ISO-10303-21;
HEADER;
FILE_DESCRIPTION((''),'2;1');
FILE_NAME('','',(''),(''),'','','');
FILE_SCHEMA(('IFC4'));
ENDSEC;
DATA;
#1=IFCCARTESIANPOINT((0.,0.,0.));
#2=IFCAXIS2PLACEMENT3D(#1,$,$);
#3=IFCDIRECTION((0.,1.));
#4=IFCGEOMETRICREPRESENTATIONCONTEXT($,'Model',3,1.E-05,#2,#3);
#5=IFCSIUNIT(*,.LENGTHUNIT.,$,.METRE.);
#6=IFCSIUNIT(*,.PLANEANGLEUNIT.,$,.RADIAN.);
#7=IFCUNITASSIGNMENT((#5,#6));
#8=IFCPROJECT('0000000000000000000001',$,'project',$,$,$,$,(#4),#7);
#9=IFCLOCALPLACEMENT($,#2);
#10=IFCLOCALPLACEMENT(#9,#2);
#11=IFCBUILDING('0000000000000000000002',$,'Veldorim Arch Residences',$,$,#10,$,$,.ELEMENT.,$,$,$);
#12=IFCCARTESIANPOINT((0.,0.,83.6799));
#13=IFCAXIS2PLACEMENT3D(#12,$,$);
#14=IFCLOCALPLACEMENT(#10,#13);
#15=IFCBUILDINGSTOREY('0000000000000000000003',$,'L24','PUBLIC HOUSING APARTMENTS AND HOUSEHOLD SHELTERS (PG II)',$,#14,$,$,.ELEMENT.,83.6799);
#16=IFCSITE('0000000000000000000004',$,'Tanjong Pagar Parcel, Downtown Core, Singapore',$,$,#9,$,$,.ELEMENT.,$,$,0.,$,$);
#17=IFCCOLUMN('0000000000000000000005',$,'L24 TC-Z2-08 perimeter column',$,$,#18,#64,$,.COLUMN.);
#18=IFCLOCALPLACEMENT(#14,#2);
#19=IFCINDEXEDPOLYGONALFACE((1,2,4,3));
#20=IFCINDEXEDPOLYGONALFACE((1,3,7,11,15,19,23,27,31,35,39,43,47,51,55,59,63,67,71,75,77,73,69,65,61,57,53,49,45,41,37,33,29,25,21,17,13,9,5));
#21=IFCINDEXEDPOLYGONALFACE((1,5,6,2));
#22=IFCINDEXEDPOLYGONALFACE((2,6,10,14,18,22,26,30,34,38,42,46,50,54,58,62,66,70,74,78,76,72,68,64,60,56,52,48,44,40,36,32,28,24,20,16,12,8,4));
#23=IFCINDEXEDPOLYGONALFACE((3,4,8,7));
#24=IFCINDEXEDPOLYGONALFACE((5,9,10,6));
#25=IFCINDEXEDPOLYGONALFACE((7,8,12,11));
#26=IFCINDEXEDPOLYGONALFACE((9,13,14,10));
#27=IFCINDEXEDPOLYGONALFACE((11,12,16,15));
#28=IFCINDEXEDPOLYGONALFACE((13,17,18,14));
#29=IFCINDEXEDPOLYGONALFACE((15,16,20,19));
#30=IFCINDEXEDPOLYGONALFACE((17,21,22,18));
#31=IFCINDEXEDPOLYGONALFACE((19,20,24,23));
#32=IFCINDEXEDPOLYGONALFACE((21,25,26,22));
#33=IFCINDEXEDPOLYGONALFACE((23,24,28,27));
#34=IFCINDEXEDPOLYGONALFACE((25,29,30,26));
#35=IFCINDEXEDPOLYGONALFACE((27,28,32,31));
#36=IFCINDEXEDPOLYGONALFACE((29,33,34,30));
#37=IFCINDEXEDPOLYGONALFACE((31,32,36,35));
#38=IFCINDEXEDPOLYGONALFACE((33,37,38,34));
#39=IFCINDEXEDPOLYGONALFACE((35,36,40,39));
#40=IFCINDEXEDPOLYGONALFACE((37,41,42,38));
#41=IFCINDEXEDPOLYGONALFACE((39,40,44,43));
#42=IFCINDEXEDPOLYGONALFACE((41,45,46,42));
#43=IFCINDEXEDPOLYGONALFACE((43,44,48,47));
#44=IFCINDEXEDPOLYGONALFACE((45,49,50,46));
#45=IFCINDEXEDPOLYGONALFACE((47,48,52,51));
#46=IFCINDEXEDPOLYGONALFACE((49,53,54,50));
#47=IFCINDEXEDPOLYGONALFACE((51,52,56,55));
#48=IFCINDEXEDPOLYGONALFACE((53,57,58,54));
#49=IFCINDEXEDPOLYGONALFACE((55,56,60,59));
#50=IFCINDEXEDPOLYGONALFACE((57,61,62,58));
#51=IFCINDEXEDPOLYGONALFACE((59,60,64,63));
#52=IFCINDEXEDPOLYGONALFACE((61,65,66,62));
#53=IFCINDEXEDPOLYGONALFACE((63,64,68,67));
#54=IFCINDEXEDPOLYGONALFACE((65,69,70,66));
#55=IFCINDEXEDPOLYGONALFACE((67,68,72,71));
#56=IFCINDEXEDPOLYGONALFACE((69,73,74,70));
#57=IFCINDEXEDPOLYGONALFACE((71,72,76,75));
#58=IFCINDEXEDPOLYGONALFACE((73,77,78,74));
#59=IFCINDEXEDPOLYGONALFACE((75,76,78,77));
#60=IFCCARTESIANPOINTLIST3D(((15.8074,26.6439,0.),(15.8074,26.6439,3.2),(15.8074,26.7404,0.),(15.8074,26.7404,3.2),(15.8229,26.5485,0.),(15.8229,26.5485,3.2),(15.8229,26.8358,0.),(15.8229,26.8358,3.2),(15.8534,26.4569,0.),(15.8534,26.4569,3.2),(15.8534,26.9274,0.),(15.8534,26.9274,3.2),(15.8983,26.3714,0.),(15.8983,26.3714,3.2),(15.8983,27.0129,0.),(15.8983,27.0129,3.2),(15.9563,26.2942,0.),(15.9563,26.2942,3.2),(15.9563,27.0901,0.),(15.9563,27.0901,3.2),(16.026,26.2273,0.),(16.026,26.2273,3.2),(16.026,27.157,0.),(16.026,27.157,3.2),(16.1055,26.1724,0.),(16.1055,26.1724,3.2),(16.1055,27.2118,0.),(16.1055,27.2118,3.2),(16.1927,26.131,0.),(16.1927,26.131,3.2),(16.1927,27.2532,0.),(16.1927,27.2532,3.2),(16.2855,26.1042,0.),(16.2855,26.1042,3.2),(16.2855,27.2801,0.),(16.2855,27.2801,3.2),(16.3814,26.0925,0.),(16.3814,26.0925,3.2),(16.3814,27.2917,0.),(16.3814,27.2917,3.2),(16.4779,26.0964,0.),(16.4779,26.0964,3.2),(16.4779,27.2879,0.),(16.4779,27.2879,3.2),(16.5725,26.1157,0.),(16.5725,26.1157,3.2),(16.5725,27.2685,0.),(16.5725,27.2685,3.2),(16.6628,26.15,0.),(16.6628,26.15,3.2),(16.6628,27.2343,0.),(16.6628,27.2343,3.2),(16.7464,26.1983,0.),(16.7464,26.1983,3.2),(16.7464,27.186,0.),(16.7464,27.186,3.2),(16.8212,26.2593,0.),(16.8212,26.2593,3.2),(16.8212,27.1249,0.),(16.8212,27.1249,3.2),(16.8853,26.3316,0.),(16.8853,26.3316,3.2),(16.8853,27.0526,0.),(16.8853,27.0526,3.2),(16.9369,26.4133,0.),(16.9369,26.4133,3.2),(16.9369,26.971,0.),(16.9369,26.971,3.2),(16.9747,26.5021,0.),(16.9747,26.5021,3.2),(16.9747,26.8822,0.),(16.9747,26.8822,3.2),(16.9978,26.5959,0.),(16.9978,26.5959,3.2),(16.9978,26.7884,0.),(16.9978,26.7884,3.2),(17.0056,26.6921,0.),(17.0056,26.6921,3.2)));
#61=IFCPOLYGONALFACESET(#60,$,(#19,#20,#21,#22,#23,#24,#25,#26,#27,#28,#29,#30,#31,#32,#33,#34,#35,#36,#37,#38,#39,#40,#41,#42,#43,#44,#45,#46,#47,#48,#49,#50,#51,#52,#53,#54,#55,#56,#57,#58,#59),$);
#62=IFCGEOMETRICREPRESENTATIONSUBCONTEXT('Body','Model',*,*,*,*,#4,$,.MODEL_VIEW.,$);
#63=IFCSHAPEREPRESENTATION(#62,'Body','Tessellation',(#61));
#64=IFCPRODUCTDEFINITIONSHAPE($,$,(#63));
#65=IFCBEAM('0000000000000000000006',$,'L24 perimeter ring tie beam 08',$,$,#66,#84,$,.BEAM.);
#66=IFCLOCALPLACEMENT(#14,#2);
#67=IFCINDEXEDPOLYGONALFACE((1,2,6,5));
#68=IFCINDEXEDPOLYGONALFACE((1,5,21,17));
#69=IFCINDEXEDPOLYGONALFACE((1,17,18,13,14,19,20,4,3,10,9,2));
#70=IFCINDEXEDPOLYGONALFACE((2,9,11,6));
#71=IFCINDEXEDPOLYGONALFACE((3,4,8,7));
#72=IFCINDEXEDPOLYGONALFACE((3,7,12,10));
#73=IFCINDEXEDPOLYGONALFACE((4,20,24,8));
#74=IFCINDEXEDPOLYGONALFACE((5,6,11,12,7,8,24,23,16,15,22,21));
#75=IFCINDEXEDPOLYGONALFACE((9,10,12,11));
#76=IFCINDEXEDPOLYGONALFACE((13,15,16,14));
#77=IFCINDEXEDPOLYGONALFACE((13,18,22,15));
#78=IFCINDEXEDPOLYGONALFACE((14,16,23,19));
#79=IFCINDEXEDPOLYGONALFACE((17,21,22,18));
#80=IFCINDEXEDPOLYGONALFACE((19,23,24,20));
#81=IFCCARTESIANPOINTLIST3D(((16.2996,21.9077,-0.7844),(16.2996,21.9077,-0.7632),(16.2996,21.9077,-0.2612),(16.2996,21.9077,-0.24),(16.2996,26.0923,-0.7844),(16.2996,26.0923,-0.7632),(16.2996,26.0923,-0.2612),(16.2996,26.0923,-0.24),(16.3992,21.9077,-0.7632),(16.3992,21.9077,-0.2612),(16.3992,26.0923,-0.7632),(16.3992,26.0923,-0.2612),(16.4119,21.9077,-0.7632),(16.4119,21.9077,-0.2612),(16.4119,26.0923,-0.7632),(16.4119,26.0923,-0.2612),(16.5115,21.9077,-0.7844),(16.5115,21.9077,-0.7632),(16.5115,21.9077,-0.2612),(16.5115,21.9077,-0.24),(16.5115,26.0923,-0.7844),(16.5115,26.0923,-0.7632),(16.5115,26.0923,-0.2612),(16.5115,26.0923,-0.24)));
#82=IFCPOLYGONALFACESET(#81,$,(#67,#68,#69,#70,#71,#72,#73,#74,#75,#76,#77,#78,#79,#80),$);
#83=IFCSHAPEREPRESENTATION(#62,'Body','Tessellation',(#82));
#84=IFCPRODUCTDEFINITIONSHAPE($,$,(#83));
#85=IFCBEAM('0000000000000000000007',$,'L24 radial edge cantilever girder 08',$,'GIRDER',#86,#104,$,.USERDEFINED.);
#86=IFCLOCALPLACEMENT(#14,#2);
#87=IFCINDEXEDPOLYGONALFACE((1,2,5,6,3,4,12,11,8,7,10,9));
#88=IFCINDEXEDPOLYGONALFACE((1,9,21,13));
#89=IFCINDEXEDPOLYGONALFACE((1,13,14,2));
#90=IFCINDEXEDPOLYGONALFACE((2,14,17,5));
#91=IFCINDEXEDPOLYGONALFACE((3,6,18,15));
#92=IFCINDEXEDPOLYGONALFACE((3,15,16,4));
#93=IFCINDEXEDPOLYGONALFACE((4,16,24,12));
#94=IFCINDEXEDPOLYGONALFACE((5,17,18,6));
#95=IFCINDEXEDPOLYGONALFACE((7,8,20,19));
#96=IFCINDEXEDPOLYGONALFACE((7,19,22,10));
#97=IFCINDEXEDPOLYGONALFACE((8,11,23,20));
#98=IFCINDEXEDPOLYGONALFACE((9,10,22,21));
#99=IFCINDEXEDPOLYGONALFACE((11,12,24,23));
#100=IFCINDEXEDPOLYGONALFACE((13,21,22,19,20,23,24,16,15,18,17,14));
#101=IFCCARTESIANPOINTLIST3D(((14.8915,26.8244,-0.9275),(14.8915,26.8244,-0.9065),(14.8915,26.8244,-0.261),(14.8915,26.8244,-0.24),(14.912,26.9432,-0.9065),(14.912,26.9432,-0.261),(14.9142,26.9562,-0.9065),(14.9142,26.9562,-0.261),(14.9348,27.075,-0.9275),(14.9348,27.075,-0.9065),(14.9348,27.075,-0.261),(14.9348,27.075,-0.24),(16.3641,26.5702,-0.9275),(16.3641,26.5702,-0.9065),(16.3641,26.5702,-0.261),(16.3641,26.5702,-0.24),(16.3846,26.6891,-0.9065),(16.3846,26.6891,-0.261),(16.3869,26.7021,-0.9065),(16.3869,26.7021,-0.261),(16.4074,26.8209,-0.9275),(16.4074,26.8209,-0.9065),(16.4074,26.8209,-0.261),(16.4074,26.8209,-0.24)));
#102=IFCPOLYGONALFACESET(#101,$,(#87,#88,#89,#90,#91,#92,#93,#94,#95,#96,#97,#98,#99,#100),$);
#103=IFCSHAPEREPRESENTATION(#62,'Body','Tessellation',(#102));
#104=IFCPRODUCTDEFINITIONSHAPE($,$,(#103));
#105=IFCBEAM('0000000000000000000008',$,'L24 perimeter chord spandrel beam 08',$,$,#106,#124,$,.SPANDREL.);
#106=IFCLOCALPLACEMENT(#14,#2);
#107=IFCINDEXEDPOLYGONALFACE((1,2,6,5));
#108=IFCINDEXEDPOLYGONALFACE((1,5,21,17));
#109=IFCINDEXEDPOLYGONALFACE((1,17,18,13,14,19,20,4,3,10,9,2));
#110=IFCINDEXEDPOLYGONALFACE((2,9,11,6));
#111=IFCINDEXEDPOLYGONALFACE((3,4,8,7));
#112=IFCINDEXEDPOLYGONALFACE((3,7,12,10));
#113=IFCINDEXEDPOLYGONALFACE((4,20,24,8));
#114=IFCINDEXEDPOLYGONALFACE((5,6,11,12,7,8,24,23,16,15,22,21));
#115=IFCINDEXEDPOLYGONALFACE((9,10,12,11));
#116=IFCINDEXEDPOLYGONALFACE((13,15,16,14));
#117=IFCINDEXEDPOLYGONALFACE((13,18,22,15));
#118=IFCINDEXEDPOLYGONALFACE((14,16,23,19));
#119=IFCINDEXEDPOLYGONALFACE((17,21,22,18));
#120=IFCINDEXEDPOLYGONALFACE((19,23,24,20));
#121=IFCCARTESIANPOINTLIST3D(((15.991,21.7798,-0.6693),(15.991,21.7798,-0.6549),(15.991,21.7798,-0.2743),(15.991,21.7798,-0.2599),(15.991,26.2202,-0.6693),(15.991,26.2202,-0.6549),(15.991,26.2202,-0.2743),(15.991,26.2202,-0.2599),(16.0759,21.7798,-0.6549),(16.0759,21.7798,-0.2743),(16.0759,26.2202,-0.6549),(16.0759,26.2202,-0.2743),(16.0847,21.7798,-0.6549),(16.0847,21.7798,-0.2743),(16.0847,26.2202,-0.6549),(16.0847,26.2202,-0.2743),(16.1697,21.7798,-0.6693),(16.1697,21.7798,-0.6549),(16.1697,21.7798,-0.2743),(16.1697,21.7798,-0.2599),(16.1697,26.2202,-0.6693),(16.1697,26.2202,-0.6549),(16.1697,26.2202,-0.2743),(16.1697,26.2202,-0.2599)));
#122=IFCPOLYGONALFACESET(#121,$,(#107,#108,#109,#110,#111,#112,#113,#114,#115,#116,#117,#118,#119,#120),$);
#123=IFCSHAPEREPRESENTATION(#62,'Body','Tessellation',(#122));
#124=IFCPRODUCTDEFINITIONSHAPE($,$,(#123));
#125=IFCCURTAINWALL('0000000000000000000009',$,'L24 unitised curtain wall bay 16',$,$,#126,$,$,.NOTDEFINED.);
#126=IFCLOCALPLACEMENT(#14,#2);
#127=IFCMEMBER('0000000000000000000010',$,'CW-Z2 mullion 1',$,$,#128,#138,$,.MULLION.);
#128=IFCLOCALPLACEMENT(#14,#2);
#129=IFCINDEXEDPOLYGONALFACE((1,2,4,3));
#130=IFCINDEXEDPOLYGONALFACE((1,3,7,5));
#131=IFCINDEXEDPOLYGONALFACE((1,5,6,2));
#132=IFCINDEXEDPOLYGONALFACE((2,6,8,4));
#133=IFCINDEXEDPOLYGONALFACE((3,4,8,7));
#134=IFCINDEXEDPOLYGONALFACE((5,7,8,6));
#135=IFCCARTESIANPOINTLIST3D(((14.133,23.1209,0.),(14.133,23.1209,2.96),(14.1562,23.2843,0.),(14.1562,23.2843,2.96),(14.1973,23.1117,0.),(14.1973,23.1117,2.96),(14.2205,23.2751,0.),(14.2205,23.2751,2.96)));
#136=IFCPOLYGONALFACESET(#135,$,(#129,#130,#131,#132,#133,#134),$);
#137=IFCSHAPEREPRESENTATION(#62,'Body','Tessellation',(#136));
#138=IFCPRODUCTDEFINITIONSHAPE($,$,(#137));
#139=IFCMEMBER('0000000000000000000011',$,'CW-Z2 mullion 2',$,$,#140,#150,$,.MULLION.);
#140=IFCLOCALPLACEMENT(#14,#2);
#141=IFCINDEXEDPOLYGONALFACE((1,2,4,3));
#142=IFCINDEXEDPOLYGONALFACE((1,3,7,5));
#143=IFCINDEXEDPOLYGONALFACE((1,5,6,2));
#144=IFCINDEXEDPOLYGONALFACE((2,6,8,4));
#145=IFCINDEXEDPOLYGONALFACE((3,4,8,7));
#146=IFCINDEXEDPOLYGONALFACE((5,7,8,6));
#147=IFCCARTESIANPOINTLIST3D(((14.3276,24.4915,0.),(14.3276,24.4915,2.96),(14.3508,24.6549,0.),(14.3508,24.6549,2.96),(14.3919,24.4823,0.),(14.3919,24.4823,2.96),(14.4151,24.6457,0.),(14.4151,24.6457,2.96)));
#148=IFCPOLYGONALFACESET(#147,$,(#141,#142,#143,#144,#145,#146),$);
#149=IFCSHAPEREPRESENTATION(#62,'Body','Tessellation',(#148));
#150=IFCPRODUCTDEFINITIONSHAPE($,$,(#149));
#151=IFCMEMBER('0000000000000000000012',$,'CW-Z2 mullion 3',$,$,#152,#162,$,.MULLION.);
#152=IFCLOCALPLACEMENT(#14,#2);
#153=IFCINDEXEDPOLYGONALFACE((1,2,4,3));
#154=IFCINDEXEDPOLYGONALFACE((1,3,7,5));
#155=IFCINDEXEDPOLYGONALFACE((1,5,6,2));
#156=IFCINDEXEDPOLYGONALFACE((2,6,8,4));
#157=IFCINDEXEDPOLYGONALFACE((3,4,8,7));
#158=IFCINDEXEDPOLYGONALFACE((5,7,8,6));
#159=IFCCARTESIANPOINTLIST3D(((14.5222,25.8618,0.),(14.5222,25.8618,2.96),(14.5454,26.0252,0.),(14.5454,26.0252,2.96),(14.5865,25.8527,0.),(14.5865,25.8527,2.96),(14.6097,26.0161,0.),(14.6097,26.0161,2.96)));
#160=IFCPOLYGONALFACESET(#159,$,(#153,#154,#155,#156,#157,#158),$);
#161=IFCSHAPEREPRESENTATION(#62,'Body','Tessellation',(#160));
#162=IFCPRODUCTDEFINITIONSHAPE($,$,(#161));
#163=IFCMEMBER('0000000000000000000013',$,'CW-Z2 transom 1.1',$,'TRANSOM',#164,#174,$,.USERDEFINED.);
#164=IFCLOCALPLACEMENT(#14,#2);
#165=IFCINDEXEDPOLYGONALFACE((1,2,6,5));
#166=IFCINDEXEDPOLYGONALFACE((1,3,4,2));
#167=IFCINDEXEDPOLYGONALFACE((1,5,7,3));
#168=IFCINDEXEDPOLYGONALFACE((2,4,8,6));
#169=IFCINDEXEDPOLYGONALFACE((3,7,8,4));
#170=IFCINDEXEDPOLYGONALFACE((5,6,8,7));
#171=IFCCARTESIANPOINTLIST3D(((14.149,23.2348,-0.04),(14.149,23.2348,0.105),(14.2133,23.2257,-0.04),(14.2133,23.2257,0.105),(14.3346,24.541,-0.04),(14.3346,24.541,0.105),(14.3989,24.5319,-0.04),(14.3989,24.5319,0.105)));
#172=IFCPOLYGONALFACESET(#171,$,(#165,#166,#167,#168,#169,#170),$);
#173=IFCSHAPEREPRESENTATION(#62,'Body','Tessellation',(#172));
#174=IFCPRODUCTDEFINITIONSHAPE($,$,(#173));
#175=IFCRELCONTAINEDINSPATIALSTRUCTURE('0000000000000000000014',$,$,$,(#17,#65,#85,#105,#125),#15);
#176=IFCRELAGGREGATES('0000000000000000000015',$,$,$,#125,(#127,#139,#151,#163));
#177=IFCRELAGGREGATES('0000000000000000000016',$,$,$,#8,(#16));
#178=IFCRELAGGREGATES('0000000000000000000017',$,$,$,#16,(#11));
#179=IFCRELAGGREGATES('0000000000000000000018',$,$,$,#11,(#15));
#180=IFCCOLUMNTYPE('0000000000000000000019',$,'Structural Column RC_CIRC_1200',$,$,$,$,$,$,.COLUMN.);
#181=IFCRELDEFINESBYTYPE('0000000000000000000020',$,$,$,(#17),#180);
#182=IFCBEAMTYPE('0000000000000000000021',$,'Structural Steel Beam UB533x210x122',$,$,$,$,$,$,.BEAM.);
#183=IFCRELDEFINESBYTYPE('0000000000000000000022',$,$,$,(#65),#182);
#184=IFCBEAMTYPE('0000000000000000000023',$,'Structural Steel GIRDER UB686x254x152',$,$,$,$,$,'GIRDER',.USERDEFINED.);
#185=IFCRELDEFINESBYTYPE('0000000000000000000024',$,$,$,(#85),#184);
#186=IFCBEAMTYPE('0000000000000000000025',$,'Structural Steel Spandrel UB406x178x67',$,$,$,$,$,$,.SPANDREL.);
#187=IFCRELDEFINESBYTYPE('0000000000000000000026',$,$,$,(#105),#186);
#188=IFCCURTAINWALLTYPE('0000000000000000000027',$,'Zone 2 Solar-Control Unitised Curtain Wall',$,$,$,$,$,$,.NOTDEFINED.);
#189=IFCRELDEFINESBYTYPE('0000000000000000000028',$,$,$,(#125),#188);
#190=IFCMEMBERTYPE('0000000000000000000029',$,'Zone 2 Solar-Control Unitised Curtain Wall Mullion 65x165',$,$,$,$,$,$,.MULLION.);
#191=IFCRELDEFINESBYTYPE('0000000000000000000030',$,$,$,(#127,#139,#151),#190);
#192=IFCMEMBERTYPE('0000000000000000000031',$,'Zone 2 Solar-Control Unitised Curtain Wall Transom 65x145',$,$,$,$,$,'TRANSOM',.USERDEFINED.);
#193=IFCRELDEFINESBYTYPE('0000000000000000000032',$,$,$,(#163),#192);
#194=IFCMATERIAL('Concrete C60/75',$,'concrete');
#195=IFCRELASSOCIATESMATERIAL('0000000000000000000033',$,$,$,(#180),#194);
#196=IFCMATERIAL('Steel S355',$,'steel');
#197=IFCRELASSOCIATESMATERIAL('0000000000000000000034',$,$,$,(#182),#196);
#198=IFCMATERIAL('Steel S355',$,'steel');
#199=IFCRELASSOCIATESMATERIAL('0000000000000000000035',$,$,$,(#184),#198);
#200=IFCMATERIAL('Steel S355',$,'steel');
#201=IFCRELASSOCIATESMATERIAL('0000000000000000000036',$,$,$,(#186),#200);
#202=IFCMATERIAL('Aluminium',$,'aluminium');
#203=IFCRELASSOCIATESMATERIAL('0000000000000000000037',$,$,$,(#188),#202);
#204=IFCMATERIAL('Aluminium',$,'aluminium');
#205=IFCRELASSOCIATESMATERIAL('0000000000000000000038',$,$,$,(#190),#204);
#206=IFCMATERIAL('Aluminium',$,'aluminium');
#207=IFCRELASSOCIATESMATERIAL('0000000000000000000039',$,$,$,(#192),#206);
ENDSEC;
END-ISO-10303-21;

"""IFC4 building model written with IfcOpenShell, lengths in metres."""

from ifc_helpers import new_model, si_unit, direction, frame, origin, origin_2d, place, context, subcontext, project, spatial, rectangle, circle, i_section, extrude, material, material_profile, profile_set, type_object, element, aggregate, save


model = new_model("IFC4")

# Units and contexts
model_context = context("Model", 3, precision=1e-05, world=origin(), true_north=direction((0.0, 1.0)))
body_context = subcontext(model_context, "Body", "Model", "MODEL_VIEW")
ifc_project = project(units=[si_unit("LENGTHUNIT", "METRE"), si_unit("PLANEANGLEUNIT", "RADIAN")], contexts=[model_context])

# Site, building, storey
site_placement = place(None, origin())
site = spatial("IfcSite", under=ifc_project, at=site_placement, Name="Tanjong Pagar Parcel, Downtown Core, Singapore", CompositionType="ELEMENT", RefElevation=0.0)
building_placement = place(site_placement, origin())
building = spatial("IfcBuilding", under=site, at=building_placement, Name="Veldorim Arch Residences", CompositionType="ELEMENT")
storey_placement = place(building_placement, frame((0.0, 0.0, 83.6799)))
storey = spatial("IfcBuildingStorey", under=building, at=storey_placement, Name="L24", Description="PUBLIC HOUSING APARTMENTS AND HOUSEHOLD SHELTERS (PG II)", CompositionType="ELEMENT", Elevation=83.6799)

# Column
ifc_material_1 = material(Name="Concrete C60/75", Category="concrete")
ifc_material_profile_1 = material_profile(ifc_material_1, circle(Radius=0.6001, at=origin_2d()), Name="RC_CIRC_1200")
ifc_profile_set_1 = profile_set([ifc_material_profile_1], Name="Concrete C60/75")
column_type = type_object("IfcColumnType", Name="Structural Column RC_CIRC_1200", PredefinedType="COLUMN", material=ifc_profile_set_1)
column_placement = place(storey_placement, frame((16.4055, 26.6921, 0.0), z_axis=(0.0, 0.0, 1.0), x_axis=(1.0, 0.0, 0.0)))
element("IfcColumn", 1, at=column_placement, inside=storey, type_object=column_type, Name="L24 TC-Z2-08 perimeter column", PredefinedType="COLUMN", context=body_context, shape_type="SweptSolid", body=[
    extrude(circle(Radius=0.6001, at=origin_2d()), origin(), (0.0, 0.0, 1.0), 3.2),
])

# Beams
ifc_material_2 = material(Name="Steel S355", Category="steel")
ifc_material_profile_2 = material_profile(ifc_material_2, i_section(OverallWidth=0.2119, OverallDepth=0.5444, WebThickness=0.0127, FlangeThickness=0.0212, at=origin_2d()), Name="UB533x210x122")
ifc_profile_set_2 = profile_set([ifc_material_profile_2], Name="Steel S355")
beam_type_1 = type_object("IfcBeamType", Name="Structural Steel Beam UB533x210x122", PredefinedType="BEAM", material=ifc_profile_set_2)
beam_1_placement = place(storey_placement, frame((16.4055, 26.0923, -0.5122), z_axis=(0.0, -1.0, 0.0), x_axis=(1.0, 0.0, 0.0)))
element("IfcBeam", 2, at=beam_1_placement, inside=storey, type_object=beam_type_1, Name="L24 perimeter ring tie beam 08", PredefinedType="BEAM", context=body_context, shape_type="SweptSolid", body=[
    extrude(i_section(OverallWidth=0.2119, OverallDepth=0.5444, WebThickness=0.0127, FlangeThickness=0.0212, at=origin_2d()), origin(), (0.0, 0.0, 1.0), 4.1846),
])
ifc_material_3 = material(Name="Steel S355", Category="steel")
ifc_material_profile_3 = material_profile(ifc_material_3, i_section(OverallWidth=0.2544, OverallDepth=0.6875, WebThickness=0.0132, FlangeThickness=0.021, at=origin_2d()), Name="UB686x254x152")
ifc_profile_set_3 = profile_set([ifc_material_profile_3], Name="Steel S355")
beam_type_2 = type_object("IfcBeamType", Name="Structural Steel GIRDER UB686x254x152", ElementType="GIRDER", PredefinedType="USERDEFINED", material=ifc_profile_set_3)
beam_2_placement = place(storey_placement, frame((16.3857, 26.6956, -0.5837), z_axis=(-0.985433, 0.170066, 0.0), x_axis=(-0.170066, -0.985433, 0.0)))
element("IfcBeam", 3, at=beam_2_placement, inside=storey, type_object=beam_type_2, Name="L24 radial edge cantilever girder 08", ObjectType="GIRDER", PredefinedType="USERDEFINED", context=body_context, shape_type="SweptSolid", body=[
    extrude(i_section(OverallWidth=0.2544, OverallDepth=0.6875, WebThickness=0.0132, FlangeThickness=0.021, at=origin_2d()), origin(), (0.0, 0.0, 1.0), 1.4944),
])
ifc_material_4 = material(Name="Steel S355", Category="steel")
ifc_material_profile_4 = material_profile(ifc_material_4, i_section(OverallWidth=0.1787, OverallDepth=0.4094, WebThickness=0.0088, FlangeThickness=0.0144, at=origin_2d()), Name="UB406x178x67")
ifc_profile_set_4 = profile_set([ifc_material_profile_4], Name="Steel S355")
beam_type_3 = type_object("IfcBeamType", Name="Structural Steel Spandrel UB406x178x67", PredefinedType="SPANDREL", material=ifc_profile_set_4)
beam_3_placement = place(storey_placement, frame((16.0803, 26.2202, -0.4646), z_axis=(0.0, -1.0, 0.0), x_axis=(1.0, 0.0, 0.0)))
element("IfcBeam", 4, at=beam_3_placement, inside=storey, type_object=beam_type_3, Name="L24 perimeter chord spandrel beam 08", PredefinedType="SPANDREL", context=body_context, shape_type="SweptSolid", body=[
    extrude(i_section(OverallWidth=0.1787, OverallDepth=0.4094, WebThickness=0.0088, FlangeThickness=0.0144, at=origin_2d()), origin(), (0.0, 0.0, 1.0), 4.4404),
])

# Curtain wall, members
ifc_material_5 = material(Name="Aluminium", Category="aluminium")
curtain_wall_type = type_object("IfcCurtainWallType", Name="Zone 2 Solar-Control Unitised Curtain Wall", PredefinedType="NOTDEFINED", material=ifc_material_5)
curtain_wall_placement = place(storey_placement, origin())
curtain_wall = element("IfcCurtainWall", 5, at=curtain_wall_placement, inside=storey, type_object=curtain_wall_type, Name="L24 unitised curtain wall bay 16", PredefinedType="NOTDEFINED")
ifc_material_6 = material(Name="Aluminium", Category="aluminium")
ifc_material_profile_5 = material_profile(ifc_material_6, rectangle(XDim=0.0649, YDim=0.165, at=origin_2d()), Name="ALU_MUL_65x165")
ifc_profile_set_5 = profile_set([ifc_material_profile_5], Name="Aluminium")
member_type_1 = type_object("IfcMemberType", Name="Zone 2 Solar-Control Unitised Curtain Wall Mullion 65x165", PredefinedType="MULLION", material=ifc_profile_set_5)
member_1_placement = place(storey_placement, frame((14.1768, 23.198, 0.0), z_axis=(0.0, 0.0, 1.0), x_axis=(-0.990071, 0.140571, 0.0)))
member_1 = element("IfcMember", 6, at=member_1_placement, type_object=member_type_1, Name="CW-Z2 mullion 1", PredefinedType="MULLION", context=body_context, shape_type="SweptSolid", body=[
    extrude(rectangle(XDim=0.0649, YDim=0.165, at=origin_2d()), origin(), (0.0, 0.0, 1.0), 2.96),
])
member_2_placement = place(storey_placement, frame((14.3713, 24.5686, 0.0), z_axis=(0.0, 0.0, 1.0), x_axis=(-0.990071, 0.140571, 0.0)))
member_2 = element("IfcMember", 7, at=member_2_placement, type_object=member_type_1, Name="CW-Z2 mullion 2", PredefinedType="MULLION", context=body_context, shape_type="SweptSolid", body=[
    extrude(rectangle(XDim=0.0649, YDim=0.165, at=origin_2d()), origin(), (0.0, 0.0, 1.0), 2.96),
])
member_3_placement = place(storey_placement, frame((14.5659, 25.939, 0.0), z_axis=(0.0, 0.0, 1.0), x_axis=(-0.990071, 0.140571, 0.0)))
member_3 = element("IfcMember", 8, at=member_3_placement, type_object=member_type_1, Name="CW-Z2 mullion 3", PredefinedType="MULLION", context=body_context, shape_type="SweptSolid", body=[
    extrude(rectangle(XDim=0.0649, YDim=0.165, at=origin_2d()), origin(), (0.0, 0.0, 1.0), 2.96),
])
ifc_material_7 = material(Name="Aluminium", Category="aluminium")
ifc_material_profile_6 = material_profile(ifc_material_7, rectangle(XDim=0.0649, YDim=0.145, at=origin_2d()), Name="ALU_TRN_65x145")
ifc_profile_set_6 = profile_set([ifc_material_profile_6], Name="Aluminium")
member_type_2 = type_object("IfcMemberType", Name="Zone 2 Solar-Control Unitised Curtain Wall Transom 65x145", ElementType="TRANSOM", PredefinedType="USERDEFINED", material=ifc_profile_set_6)
member_4_placement = place(storey_placement, frame((14.1812, 23.2302, 0.0325), z_axis=(0.140644, 0.99006, 0.0), x_axis=(-0.99006, 0.140644, 0.0)))
member_4 = element("IfcMember", 9, at=member_4_placement, type_object=member_type_2, Name="CW-Z2 transom 1.1", ObjectType="TRANSOM", PredefinedType="USERDEFINED", context=body_context, shape_type="SweptSolid", body=[
    extrude(rectangle(XDim=0.0649, YDim=0.145, at=origin_2d()), origin(), (0.0, 0.0, 1.0), 1.3193),
])
aggregate(curtain_wall, [member_1, member_2, member_3, member_4])

save(model, "model.ifc")
